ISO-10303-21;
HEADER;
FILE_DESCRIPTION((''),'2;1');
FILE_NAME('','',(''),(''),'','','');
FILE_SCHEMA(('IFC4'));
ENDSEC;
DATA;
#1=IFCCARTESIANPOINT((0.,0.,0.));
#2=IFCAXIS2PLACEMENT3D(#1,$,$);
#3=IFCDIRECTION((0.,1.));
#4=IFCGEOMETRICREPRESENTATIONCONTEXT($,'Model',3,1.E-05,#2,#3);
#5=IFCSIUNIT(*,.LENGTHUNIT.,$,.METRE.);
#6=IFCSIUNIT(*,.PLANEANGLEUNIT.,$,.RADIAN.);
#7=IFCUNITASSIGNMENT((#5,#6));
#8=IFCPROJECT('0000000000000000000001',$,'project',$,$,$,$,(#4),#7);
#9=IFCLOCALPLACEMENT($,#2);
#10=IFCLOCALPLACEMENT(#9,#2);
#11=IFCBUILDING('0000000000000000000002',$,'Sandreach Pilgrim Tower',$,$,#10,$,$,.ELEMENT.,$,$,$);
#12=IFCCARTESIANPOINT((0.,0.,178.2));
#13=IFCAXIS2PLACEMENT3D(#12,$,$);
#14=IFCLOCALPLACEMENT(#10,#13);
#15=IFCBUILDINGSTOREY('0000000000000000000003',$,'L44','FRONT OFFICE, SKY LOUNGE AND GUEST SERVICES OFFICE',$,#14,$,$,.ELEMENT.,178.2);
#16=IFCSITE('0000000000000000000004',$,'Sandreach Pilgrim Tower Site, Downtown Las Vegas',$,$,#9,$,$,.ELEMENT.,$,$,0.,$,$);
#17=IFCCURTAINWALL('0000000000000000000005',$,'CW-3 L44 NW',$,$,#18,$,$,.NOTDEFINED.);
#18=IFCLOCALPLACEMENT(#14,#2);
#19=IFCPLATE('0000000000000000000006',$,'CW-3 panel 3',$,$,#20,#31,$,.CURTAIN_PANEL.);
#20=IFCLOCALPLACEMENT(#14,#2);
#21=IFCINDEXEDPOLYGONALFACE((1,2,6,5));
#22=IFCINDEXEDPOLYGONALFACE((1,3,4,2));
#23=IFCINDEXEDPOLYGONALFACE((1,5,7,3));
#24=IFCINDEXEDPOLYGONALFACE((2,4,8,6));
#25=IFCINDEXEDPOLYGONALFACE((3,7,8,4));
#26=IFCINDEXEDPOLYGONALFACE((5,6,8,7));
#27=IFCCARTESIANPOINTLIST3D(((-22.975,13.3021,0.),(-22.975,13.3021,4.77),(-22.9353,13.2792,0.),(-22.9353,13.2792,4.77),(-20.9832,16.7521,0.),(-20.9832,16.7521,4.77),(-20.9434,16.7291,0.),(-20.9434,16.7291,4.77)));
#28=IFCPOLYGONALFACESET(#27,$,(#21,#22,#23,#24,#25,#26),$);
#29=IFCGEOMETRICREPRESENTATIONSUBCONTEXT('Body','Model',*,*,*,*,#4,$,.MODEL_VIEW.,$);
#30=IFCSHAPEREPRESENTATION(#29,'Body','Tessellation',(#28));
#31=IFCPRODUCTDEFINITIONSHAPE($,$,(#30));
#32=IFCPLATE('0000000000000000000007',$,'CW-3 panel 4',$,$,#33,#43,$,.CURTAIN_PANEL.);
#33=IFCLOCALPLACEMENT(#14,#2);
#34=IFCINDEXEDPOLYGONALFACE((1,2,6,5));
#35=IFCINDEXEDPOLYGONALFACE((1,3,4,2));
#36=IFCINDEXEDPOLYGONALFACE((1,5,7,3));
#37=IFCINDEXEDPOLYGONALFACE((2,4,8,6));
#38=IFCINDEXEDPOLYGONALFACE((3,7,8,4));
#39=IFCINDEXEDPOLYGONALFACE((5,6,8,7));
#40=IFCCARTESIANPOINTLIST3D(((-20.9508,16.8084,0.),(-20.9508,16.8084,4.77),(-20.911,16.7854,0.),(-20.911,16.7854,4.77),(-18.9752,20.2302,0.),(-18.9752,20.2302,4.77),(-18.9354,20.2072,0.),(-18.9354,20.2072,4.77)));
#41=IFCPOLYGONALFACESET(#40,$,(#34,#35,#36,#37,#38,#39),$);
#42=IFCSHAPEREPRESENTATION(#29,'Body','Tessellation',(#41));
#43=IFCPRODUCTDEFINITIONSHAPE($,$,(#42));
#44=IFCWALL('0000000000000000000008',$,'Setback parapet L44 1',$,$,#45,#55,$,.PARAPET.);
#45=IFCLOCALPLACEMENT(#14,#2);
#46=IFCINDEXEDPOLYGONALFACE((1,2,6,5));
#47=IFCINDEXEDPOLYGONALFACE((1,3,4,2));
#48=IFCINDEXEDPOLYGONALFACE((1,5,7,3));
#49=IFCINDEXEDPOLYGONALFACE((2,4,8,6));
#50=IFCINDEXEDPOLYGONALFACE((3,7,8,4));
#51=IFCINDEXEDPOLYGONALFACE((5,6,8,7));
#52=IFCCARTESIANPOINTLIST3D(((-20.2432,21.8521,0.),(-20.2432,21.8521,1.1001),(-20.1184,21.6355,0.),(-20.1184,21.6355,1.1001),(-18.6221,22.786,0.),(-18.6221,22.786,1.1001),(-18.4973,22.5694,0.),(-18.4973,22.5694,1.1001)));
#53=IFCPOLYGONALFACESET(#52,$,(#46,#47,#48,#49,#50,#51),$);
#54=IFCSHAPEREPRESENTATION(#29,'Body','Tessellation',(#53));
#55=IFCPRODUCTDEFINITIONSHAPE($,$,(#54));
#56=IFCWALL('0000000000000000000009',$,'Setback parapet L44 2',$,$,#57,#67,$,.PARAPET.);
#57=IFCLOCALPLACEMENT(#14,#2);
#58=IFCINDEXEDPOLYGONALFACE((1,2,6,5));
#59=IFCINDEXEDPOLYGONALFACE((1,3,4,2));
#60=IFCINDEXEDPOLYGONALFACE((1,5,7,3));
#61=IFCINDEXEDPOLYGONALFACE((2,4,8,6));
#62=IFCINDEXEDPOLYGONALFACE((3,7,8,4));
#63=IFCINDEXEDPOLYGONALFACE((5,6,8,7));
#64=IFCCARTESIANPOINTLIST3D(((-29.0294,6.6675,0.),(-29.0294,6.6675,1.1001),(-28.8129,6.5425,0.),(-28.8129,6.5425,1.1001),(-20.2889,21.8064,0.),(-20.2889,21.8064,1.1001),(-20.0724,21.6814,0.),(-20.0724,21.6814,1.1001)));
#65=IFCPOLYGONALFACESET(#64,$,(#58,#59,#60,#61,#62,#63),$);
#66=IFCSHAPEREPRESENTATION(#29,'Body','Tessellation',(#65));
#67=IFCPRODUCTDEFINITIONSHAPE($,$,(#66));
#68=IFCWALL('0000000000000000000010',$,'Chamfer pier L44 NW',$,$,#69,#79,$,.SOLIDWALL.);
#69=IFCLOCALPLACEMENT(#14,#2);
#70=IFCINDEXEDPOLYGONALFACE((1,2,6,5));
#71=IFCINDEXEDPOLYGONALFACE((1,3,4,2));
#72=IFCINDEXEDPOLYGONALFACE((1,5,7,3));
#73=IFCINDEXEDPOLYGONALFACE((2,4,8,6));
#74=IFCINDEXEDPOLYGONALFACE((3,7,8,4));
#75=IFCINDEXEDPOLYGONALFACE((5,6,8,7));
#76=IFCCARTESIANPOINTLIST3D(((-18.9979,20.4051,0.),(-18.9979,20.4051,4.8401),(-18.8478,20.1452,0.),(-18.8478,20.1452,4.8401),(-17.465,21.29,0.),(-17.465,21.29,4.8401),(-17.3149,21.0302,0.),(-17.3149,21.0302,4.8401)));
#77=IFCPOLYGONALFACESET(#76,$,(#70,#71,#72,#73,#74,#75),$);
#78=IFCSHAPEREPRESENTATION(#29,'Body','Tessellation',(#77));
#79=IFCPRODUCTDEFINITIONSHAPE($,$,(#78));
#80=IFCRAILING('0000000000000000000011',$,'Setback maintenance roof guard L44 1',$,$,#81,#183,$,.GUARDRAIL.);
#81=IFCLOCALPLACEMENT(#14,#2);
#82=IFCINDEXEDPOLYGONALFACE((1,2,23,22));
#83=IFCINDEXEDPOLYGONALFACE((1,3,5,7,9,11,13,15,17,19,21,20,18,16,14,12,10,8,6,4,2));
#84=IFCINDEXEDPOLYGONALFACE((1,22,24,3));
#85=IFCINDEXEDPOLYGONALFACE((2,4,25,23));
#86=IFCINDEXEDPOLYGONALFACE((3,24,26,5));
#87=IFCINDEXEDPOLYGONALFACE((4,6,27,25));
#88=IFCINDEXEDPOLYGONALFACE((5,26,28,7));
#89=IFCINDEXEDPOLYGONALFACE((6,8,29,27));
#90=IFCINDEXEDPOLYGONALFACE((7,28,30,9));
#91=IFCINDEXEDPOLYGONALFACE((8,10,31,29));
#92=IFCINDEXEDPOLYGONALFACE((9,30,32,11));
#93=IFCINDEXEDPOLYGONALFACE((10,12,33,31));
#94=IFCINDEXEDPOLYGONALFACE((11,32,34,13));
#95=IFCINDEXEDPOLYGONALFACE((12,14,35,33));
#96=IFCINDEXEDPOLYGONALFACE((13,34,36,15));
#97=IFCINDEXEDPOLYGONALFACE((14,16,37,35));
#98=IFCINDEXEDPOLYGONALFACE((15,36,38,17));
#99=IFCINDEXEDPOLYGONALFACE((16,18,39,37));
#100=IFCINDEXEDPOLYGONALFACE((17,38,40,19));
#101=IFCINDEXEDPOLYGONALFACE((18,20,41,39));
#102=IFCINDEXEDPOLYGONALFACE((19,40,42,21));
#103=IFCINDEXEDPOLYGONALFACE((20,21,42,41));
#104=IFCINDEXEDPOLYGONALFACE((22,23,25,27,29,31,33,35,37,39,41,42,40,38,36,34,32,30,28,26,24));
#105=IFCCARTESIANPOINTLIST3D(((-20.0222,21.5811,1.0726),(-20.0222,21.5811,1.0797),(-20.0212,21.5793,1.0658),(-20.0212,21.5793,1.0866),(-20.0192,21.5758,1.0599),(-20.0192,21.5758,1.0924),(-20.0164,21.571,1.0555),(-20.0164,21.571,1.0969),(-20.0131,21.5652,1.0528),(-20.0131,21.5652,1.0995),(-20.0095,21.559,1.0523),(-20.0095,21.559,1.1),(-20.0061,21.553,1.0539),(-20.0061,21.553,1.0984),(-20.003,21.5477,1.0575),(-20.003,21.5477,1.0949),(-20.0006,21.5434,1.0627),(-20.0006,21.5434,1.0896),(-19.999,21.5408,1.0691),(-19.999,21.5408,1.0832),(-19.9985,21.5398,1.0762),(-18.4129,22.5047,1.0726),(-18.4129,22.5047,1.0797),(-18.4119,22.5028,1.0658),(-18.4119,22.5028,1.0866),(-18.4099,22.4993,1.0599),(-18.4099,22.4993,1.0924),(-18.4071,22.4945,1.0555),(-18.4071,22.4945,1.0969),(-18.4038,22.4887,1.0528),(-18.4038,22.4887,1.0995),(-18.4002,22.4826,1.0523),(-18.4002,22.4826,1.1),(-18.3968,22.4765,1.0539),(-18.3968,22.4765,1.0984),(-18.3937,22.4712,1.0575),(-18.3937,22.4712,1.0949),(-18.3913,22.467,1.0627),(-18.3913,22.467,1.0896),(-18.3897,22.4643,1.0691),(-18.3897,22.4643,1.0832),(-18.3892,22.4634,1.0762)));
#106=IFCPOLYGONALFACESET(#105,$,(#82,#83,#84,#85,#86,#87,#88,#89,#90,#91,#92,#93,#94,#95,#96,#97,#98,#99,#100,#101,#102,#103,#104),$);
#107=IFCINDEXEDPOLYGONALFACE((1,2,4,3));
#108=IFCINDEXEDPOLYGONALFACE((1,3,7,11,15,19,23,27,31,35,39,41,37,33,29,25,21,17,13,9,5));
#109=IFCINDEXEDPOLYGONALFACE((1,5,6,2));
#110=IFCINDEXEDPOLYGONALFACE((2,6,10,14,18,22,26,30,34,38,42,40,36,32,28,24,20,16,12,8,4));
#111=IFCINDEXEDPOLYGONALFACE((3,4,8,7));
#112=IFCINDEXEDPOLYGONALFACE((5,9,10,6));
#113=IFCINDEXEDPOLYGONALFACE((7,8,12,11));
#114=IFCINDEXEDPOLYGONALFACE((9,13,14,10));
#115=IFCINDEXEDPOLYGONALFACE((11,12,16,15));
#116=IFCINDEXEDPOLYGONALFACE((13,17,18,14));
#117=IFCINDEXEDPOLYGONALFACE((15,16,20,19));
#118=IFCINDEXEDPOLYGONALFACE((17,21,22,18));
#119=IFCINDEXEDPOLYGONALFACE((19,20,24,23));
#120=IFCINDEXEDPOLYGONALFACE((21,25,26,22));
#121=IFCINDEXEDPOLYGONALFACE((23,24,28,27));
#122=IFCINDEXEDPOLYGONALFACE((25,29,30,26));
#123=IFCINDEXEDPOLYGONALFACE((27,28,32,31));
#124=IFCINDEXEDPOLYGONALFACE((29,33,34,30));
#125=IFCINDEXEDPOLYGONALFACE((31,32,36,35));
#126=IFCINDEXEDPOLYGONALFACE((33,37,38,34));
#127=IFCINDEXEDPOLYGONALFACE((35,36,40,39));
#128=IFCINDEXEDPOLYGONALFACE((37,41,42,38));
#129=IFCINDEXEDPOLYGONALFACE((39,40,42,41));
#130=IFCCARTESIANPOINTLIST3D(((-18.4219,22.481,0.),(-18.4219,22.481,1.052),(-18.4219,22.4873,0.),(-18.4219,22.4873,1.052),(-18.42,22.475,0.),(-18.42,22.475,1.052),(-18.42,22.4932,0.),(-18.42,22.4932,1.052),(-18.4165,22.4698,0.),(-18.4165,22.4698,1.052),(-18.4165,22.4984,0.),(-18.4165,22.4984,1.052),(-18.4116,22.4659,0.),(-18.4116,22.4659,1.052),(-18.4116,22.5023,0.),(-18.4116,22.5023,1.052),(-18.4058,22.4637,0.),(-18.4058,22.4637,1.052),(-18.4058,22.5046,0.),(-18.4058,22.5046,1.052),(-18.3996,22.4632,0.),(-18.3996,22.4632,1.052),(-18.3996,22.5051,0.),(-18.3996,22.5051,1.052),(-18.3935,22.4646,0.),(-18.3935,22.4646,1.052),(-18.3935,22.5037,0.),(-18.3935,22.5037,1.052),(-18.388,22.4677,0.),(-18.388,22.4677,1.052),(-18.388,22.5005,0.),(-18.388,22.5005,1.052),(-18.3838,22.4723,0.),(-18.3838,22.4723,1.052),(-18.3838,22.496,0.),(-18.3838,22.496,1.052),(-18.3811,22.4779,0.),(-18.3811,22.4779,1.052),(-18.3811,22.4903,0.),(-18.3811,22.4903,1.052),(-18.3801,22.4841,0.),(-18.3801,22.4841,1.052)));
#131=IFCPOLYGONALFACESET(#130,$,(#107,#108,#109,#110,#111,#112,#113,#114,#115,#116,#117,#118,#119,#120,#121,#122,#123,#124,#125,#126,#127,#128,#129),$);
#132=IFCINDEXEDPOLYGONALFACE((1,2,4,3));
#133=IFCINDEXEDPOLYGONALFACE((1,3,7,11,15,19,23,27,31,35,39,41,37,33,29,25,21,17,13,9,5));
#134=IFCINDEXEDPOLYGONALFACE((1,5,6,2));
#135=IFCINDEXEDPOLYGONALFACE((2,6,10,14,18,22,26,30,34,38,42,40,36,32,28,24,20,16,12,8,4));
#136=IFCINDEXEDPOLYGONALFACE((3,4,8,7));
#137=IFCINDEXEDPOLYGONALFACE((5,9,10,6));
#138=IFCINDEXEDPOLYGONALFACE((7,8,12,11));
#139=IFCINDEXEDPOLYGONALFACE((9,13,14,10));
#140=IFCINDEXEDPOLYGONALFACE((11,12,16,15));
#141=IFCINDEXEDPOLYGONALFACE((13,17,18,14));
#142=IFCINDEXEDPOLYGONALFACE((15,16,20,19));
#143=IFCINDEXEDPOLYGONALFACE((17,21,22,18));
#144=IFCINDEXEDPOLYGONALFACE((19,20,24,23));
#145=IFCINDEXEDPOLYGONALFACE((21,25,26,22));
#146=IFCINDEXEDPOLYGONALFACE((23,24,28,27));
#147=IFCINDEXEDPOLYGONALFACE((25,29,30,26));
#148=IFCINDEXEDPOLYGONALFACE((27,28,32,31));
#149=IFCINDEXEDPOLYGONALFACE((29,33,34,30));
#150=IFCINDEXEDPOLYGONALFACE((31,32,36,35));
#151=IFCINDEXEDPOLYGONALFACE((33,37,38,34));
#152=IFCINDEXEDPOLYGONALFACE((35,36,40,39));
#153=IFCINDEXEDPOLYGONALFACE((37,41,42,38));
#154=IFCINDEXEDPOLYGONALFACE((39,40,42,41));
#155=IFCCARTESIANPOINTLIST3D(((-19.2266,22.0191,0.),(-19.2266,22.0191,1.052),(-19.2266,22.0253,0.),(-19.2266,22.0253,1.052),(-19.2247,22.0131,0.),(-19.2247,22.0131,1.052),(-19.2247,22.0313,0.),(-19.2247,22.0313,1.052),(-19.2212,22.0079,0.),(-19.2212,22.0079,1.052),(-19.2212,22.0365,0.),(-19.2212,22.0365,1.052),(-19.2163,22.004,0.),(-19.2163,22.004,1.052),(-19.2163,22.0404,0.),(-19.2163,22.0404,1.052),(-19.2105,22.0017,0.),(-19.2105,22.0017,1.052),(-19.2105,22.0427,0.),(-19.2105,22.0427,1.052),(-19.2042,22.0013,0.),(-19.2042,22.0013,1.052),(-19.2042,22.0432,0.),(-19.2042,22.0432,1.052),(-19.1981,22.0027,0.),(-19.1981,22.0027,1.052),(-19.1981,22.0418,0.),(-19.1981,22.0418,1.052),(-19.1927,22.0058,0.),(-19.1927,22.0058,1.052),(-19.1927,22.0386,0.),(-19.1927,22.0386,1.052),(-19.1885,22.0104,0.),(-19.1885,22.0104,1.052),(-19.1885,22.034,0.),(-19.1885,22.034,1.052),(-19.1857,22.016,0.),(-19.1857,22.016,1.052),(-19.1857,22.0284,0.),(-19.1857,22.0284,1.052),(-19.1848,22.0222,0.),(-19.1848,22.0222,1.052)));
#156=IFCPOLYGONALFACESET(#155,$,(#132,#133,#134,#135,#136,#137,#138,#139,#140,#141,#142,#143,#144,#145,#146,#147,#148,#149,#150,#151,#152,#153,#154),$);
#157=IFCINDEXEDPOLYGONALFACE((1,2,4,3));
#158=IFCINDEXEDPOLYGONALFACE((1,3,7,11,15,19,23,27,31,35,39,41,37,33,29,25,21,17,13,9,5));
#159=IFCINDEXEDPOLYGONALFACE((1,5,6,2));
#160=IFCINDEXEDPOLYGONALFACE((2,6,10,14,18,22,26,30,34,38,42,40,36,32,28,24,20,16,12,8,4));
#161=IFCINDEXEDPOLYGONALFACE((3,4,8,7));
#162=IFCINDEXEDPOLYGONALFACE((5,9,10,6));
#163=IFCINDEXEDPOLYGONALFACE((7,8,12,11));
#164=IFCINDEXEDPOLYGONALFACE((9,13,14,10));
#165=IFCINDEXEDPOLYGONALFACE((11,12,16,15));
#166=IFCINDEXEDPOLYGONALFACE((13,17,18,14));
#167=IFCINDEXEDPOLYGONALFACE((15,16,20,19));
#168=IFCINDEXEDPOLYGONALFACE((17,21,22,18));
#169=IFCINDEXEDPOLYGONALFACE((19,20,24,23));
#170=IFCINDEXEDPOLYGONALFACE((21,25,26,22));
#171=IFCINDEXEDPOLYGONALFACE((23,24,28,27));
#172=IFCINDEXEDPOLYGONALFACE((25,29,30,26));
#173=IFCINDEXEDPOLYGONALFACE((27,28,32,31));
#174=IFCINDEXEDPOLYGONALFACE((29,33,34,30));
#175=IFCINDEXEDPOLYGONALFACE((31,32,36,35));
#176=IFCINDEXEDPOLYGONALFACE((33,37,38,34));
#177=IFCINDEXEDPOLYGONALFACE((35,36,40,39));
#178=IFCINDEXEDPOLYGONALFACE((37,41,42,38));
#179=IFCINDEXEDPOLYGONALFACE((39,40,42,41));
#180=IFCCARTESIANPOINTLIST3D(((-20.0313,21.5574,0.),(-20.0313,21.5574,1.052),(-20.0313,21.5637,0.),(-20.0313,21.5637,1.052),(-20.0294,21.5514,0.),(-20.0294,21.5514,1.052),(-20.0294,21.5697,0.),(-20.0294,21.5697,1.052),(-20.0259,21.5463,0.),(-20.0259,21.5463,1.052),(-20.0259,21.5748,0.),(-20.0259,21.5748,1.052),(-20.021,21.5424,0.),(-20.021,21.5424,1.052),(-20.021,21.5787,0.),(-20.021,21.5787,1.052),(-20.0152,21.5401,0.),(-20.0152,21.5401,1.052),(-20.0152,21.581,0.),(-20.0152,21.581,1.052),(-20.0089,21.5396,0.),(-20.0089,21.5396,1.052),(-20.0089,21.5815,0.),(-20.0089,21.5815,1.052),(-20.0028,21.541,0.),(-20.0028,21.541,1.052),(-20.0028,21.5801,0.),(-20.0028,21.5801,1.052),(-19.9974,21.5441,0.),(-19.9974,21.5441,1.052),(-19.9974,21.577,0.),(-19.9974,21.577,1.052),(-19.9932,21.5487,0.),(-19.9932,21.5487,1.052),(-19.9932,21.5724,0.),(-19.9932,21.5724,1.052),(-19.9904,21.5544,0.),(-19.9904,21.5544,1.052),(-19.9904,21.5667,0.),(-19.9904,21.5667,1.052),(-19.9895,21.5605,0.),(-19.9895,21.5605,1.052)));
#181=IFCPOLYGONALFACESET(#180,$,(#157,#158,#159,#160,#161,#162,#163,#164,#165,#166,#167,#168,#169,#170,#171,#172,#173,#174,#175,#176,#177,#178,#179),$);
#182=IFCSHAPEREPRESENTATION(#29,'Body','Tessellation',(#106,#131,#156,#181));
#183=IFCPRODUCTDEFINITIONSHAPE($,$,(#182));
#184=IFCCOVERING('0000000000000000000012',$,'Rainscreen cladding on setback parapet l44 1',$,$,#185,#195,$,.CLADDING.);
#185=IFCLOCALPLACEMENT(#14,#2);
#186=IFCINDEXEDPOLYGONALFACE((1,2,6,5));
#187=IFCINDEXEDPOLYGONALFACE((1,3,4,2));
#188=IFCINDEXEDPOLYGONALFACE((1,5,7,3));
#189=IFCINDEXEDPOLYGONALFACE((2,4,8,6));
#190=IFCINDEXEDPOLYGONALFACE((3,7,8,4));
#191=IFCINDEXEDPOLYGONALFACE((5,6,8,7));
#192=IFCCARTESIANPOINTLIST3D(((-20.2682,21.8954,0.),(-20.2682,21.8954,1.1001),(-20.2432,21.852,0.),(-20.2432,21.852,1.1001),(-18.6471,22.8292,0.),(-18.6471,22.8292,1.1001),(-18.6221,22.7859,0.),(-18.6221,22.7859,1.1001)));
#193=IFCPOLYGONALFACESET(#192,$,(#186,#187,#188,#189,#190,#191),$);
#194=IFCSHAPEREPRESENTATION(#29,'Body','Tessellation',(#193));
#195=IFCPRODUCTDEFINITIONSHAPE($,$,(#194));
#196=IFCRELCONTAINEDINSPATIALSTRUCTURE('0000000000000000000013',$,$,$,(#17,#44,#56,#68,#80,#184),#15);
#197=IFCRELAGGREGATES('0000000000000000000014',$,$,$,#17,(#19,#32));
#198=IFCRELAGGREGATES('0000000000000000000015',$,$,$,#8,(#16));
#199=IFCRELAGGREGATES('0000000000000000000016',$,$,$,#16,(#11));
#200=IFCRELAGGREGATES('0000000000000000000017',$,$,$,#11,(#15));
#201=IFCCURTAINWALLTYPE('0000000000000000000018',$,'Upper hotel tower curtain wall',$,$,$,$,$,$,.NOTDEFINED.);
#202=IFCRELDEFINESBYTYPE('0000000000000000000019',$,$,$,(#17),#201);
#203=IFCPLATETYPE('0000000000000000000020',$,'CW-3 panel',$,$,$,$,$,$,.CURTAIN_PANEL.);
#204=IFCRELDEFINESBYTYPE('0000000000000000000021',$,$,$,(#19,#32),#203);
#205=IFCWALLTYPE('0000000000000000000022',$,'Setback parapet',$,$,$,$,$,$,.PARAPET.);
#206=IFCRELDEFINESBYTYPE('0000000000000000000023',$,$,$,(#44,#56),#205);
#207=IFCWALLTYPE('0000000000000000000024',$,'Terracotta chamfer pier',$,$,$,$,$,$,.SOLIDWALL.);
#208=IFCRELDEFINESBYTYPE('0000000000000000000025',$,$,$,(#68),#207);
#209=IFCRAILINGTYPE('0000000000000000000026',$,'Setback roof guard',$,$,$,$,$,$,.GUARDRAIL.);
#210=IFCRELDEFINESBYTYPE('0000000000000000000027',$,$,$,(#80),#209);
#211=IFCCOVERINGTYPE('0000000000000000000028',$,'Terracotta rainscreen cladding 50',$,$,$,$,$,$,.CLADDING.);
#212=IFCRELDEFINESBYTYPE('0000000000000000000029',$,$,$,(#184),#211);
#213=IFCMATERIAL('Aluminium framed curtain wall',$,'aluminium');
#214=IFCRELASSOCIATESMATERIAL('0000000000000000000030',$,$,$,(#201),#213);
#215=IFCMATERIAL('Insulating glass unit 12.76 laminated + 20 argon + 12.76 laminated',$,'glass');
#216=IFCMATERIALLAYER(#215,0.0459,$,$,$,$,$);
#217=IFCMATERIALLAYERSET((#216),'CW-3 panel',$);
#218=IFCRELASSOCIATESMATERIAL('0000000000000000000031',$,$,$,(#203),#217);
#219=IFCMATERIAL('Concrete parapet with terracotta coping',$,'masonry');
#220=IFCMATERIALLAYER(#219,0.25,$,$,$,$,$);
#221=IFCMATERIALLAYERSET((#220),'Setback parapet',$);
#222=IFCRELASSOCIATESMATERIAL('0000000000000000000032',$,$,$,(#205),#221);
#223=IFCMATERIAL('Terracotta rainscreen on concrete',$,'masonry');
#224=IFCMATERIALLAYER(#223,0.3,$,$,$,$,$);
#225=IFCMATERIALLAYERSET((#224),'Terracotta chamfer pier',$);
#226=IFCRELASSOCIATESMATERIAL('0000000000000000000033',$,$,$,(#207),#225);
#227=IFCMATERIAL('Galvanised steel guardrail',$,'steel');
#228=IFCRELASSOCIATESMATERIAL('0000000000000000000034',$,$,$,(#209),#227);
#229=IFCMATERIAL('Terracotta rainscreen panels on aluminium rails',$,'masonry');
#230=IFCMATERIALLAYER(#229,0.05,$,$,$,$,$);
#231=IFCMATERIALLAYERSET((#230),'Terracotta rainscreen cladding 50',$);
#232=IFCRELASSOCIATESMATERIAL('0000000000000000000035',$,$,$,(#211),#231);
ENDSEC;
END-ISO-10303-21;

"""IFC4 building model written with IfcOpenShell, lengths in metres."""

from ifc_helpers import new_model, si_unit, direction, frame, frame_2d, origin, origin_2d, place, context, subcontext, project, spatial, rectangle, circle, extrude, material, layer, layer_set, type_object, element, aggregate, save


model = new_model("IFC4")

# Units and contexts
model_context = context("Model", 3, precision=1e-05, world=origin(), true_north=direction((0.0, 1.0)))
body_context = subcontext(model_context, "Body", "Model", "MODEL_VIEW")
ifc_project = project(units=[si_unit("LENGTHUNIT", "METRE"), si_unit("PLANEANGLEUNIT", "RADIAN")], contexts=[model_context])

# Site, building, storey
site_placement = place(None, origin())
site = spatial("IfcSite", under=ifc_project, at=site_placement, Name="Sandreach Pilgrim Tower Site, Downtown Las Vegas", CompositionType="ELEMENT", RefElevation=0.0)
building_placement = place(site_placement, origin())
building = spatial("IfcBuilding", under=site, at=building_placement, Name="Sandreach Pilgrim Tower", CompositionType="ELEMENT")
storey_placement = place(building_placement, frame((0.0, 0.0, 178.2)))
storey = spatial("IfcBuildingStorey", under=building, at=storey_placement, Name="L44", Description="FRONT OFFICE, SKY LOUNGE AND GUEST SERVICES OFFICE", CompositionType="ELEMENT", Elevation=178.2)

# Shared definitions
ifc_material_1 = material(Name="Aluminium framed curtain wall", Category="aluminium")
curtain_wall_type = type_object("IfcCurtainWallType", Name="Upper hotel tower curtain wall", PredefinedType="NOTDEFINED", material=ifc_material_1)

# Curtain wall
curtain_wall_1_placement = place(storey_placement, origin())
curtain_wall_1 = element("IfcCurtainWall", 1, at=curtain_wall_1_placement, inside=storey, type_object=curtain_wall_type, Name="CW-3 L44 NW", PredefinedType="NOTDEFINED")

# Plates
ifc_material_2 = material(Name="Insulating glass unit 12.76 laminated + 20 argon + 12.76 laminated", Category="glass")
ifc_layer_1 = layer(ifc_material_2, 0.0459)
ifc_layer_set_1 = layer_set([ifc_layer_1], Name="CW-3 panel")
plate_type = type_object("IfcPlateType", Name="CW-3 panel", PredefinedType="CURTAIN_PANEL", material=ifc_layer_set_1)
plate_1_placement = place(storey_placement, frame((-21.9592, 15.0156, 0.0), z_axis=(0.0, 0.0, 1.0), x_axis=(0.5, 0.866025, 0.0)))
plate_1 = element("IfcPlate", 2, at=plate_1_placement, type_object=plate_type, Name="CW-3 panel 3", PredefinedType="CURTAIN_PANEL", context=body_context, shape_type="SweptSolid", body=[
    extrude(rectangle(XDim=3.9836, YDim=0.0459, at=origin_2d()), origin(), (0.0, 0.0, 1.0), 4.77),
])
plate_2_placement = place(storey_placement, frame((-19.9431, 18.5078, 0.0), z_axis=(0.0, 0.0, 1.0), x_axis=(0.5, 0.866025, 0.0)))
plate_2 = element("IfcPlate", 3, at=plate_2_placement, type_object=plate_type, Name="CW-3 panel 4", PredefinedType="CURTAIN_PANEL", context=body_context, shape_type="SweptSolid", body=[
    extrude(rectangle(XDim=3.9512, YDim=0.0459, at=origin_2d()), origin(), (0.0, 0.0, 1.0), 4.77),
])
aggregate(curtain_wall_1, [plate_1, plate_2])

# Walls
ifc_material_3 = material(Name="Concrete parapet with terracotta coping", Category="masonry")
ifc_layer_2 = layer(ifc_material_3, 0.25)
ifc_layer_set_2 = layer_set([ifc_layer_2], Name="Setback parapet")
wall_type_1 = type_object("IfcWallType", Name="Setback parapet", PredefinedType="PARAPET", material=ifc_layer_set_2)
wall_1_placement = place(storey_placement, frame((-18.5596, 22.6777, 0.0), z_axis=(0.0, 0.0, 1.0), x_axis=(-0.866511, -0.499157, 0.0)))
element("IfcWall", 4, at=wall_1_placement, inside=storey, type_object=wall_type_1, Name="Setback parapet L44 1", PredefinedType="PARAPET", context=body_context, shape_type="SweptSolid", body=[
    extrude(rectangle(XDim=1.8708, YDim=0.25, at=frame_2d((0.9355, 0.0))), origin(), (0.0, 0.0, 1.0), 1.1001),
])
wall_2_placement = place(storey_placement, frame((-20.1807, 21.7439, 0.0), z_axis=(0.0, 0.0, 1.0), x_axis=(-0.500001, -0.866025, 0.0)))
element("IfcWall", 5, at=wall_2_placement, inside=storey, type_object=wall_type_1, Name="Setback parapet L44 2", PredefinedType="PARAPET", context=body_context, shape_type="SweptSolid", body=[
    extrude(rectangle(XDim=17.481, YDim=0.25, at=frame_2d((8.7405, 0.0))), origin(), (0.0, 0.0, 1.0), 1.1001),
])
ifc_material_4 = material(Name="Terracotta rainscreen on concrete", Category="masonry")
ifc_layer_3 = layer(ifc_material_4, 0.3)
ifc_layer_set_3 = layer_set([ifc_layer_3], Name="Terracotta chamfer pier")
wall_type_2 = type_object("IfcWallType", Name="Terracotta chamfer pier", PredefinedType="SOLIDWALL", material=ifc_layer_set_3)
wall_3_placement = place(storey_placement, frame((-18.9229, 20.2751, 0.0), z_axis=(0.0, 0.0, 1.0), x_axis=(0.866036, 0.499981, 0.0)))
element("IfcWall", 6, at=wall_3_placement, inside=storey, type_object=wall_type_2, Name="Chamfer pier L44 NW", PredefinedType="SOLIDWALL", context=body_context, shape_type="SweptSolid", body=[
    extrude(rectangle(XDim=1.77, YDim=0.3, at=frame_2d((0.885, 0.0))), origin(), (0.0, 0.0, 1.0), 4.8401),
])

# Railing
ifc_material_5 = material(Name="Galvanised steel guardrail", Category="steel")
railing_type = type_object("IfcRailingType", Name="Setback roof guard", PredefinedType="GUARDRAIL", material=ifc_material_5)
railing_1_placement = place(storey_placement, frame((-18.4011, 22.4841, 0.0)))
element("IfcRailing", 7, at=railing_1_placement, inside=storey, type_object=railing_type, Name="Setback maintenance roof guard L44 1", PredefinedType="GUARDRAIL", context=body_context, shape_type="SweptSolid", body=[
    extrude(circle(Radius=0.0239, at=origin_2d()), frame((0.0, 0.0, 1.0762), z_axis=(-0.867327, -0.497739, 0.0), x_axis=(0.497739, -0.867327, 0.0)), (0.0, 0.0, 1.0), 1.8555),
    extrude(circle(Radius=0.021, at=origin_2d()), origin(), (0.0, 0.0, 1.0), 1.052),
    extrude(circle(Radius=0.021, at=origin_2d()), frame((-0.8047, -0.4619, 0.0)), (0.0, 0.0, 1.0), 1.052),
    extrude(circle(Radius=0.021, at=origin_2d()), frame((-1.6094, -0.9236, 0.0)), (0.0, 0.0, 1.0), 1.052),
])

# Covering
ifc_material_6 = material(Name="Terracotta rainscreen panels on aluminium rails", Category="masonry")
ifc_layer_4 = layer(ifc_material_6, 0.05)
ifc_layer_set_4 = layer_set([ifc_layer_4], Name="Terracotta rainscreen cladding 50")
covering_type = type_object("IfcCoveringType", Name="Terracotta rainscreen cladding 50", PredefinedType="CLADDING", material=ifc_layer_set_4)
covering_1_placement = place(storey_placement, frame((-18.6345, 22.8076, 0.0), z_axis=(0.0, 0.0, 1.0), x_axis=(-0.866511, -0.499157, 0.0)))
element("IfcCovering", 8, at=covering_1_placement, inside=storey, type_object=covering_type, Name="Rainscreen cladding on setback parapet l44 1", PredefinedType="CLADDING", context=body_context, shape_type="SweptSolid", body=[
    extrude(rectangle(XDim=1.8708, YDim=0.05, at=frame_2d((0.9355, 0.0))), origin(), (0.0, 0.0, 1.0), 1.1001),
])

save(model, "model.ifc")
